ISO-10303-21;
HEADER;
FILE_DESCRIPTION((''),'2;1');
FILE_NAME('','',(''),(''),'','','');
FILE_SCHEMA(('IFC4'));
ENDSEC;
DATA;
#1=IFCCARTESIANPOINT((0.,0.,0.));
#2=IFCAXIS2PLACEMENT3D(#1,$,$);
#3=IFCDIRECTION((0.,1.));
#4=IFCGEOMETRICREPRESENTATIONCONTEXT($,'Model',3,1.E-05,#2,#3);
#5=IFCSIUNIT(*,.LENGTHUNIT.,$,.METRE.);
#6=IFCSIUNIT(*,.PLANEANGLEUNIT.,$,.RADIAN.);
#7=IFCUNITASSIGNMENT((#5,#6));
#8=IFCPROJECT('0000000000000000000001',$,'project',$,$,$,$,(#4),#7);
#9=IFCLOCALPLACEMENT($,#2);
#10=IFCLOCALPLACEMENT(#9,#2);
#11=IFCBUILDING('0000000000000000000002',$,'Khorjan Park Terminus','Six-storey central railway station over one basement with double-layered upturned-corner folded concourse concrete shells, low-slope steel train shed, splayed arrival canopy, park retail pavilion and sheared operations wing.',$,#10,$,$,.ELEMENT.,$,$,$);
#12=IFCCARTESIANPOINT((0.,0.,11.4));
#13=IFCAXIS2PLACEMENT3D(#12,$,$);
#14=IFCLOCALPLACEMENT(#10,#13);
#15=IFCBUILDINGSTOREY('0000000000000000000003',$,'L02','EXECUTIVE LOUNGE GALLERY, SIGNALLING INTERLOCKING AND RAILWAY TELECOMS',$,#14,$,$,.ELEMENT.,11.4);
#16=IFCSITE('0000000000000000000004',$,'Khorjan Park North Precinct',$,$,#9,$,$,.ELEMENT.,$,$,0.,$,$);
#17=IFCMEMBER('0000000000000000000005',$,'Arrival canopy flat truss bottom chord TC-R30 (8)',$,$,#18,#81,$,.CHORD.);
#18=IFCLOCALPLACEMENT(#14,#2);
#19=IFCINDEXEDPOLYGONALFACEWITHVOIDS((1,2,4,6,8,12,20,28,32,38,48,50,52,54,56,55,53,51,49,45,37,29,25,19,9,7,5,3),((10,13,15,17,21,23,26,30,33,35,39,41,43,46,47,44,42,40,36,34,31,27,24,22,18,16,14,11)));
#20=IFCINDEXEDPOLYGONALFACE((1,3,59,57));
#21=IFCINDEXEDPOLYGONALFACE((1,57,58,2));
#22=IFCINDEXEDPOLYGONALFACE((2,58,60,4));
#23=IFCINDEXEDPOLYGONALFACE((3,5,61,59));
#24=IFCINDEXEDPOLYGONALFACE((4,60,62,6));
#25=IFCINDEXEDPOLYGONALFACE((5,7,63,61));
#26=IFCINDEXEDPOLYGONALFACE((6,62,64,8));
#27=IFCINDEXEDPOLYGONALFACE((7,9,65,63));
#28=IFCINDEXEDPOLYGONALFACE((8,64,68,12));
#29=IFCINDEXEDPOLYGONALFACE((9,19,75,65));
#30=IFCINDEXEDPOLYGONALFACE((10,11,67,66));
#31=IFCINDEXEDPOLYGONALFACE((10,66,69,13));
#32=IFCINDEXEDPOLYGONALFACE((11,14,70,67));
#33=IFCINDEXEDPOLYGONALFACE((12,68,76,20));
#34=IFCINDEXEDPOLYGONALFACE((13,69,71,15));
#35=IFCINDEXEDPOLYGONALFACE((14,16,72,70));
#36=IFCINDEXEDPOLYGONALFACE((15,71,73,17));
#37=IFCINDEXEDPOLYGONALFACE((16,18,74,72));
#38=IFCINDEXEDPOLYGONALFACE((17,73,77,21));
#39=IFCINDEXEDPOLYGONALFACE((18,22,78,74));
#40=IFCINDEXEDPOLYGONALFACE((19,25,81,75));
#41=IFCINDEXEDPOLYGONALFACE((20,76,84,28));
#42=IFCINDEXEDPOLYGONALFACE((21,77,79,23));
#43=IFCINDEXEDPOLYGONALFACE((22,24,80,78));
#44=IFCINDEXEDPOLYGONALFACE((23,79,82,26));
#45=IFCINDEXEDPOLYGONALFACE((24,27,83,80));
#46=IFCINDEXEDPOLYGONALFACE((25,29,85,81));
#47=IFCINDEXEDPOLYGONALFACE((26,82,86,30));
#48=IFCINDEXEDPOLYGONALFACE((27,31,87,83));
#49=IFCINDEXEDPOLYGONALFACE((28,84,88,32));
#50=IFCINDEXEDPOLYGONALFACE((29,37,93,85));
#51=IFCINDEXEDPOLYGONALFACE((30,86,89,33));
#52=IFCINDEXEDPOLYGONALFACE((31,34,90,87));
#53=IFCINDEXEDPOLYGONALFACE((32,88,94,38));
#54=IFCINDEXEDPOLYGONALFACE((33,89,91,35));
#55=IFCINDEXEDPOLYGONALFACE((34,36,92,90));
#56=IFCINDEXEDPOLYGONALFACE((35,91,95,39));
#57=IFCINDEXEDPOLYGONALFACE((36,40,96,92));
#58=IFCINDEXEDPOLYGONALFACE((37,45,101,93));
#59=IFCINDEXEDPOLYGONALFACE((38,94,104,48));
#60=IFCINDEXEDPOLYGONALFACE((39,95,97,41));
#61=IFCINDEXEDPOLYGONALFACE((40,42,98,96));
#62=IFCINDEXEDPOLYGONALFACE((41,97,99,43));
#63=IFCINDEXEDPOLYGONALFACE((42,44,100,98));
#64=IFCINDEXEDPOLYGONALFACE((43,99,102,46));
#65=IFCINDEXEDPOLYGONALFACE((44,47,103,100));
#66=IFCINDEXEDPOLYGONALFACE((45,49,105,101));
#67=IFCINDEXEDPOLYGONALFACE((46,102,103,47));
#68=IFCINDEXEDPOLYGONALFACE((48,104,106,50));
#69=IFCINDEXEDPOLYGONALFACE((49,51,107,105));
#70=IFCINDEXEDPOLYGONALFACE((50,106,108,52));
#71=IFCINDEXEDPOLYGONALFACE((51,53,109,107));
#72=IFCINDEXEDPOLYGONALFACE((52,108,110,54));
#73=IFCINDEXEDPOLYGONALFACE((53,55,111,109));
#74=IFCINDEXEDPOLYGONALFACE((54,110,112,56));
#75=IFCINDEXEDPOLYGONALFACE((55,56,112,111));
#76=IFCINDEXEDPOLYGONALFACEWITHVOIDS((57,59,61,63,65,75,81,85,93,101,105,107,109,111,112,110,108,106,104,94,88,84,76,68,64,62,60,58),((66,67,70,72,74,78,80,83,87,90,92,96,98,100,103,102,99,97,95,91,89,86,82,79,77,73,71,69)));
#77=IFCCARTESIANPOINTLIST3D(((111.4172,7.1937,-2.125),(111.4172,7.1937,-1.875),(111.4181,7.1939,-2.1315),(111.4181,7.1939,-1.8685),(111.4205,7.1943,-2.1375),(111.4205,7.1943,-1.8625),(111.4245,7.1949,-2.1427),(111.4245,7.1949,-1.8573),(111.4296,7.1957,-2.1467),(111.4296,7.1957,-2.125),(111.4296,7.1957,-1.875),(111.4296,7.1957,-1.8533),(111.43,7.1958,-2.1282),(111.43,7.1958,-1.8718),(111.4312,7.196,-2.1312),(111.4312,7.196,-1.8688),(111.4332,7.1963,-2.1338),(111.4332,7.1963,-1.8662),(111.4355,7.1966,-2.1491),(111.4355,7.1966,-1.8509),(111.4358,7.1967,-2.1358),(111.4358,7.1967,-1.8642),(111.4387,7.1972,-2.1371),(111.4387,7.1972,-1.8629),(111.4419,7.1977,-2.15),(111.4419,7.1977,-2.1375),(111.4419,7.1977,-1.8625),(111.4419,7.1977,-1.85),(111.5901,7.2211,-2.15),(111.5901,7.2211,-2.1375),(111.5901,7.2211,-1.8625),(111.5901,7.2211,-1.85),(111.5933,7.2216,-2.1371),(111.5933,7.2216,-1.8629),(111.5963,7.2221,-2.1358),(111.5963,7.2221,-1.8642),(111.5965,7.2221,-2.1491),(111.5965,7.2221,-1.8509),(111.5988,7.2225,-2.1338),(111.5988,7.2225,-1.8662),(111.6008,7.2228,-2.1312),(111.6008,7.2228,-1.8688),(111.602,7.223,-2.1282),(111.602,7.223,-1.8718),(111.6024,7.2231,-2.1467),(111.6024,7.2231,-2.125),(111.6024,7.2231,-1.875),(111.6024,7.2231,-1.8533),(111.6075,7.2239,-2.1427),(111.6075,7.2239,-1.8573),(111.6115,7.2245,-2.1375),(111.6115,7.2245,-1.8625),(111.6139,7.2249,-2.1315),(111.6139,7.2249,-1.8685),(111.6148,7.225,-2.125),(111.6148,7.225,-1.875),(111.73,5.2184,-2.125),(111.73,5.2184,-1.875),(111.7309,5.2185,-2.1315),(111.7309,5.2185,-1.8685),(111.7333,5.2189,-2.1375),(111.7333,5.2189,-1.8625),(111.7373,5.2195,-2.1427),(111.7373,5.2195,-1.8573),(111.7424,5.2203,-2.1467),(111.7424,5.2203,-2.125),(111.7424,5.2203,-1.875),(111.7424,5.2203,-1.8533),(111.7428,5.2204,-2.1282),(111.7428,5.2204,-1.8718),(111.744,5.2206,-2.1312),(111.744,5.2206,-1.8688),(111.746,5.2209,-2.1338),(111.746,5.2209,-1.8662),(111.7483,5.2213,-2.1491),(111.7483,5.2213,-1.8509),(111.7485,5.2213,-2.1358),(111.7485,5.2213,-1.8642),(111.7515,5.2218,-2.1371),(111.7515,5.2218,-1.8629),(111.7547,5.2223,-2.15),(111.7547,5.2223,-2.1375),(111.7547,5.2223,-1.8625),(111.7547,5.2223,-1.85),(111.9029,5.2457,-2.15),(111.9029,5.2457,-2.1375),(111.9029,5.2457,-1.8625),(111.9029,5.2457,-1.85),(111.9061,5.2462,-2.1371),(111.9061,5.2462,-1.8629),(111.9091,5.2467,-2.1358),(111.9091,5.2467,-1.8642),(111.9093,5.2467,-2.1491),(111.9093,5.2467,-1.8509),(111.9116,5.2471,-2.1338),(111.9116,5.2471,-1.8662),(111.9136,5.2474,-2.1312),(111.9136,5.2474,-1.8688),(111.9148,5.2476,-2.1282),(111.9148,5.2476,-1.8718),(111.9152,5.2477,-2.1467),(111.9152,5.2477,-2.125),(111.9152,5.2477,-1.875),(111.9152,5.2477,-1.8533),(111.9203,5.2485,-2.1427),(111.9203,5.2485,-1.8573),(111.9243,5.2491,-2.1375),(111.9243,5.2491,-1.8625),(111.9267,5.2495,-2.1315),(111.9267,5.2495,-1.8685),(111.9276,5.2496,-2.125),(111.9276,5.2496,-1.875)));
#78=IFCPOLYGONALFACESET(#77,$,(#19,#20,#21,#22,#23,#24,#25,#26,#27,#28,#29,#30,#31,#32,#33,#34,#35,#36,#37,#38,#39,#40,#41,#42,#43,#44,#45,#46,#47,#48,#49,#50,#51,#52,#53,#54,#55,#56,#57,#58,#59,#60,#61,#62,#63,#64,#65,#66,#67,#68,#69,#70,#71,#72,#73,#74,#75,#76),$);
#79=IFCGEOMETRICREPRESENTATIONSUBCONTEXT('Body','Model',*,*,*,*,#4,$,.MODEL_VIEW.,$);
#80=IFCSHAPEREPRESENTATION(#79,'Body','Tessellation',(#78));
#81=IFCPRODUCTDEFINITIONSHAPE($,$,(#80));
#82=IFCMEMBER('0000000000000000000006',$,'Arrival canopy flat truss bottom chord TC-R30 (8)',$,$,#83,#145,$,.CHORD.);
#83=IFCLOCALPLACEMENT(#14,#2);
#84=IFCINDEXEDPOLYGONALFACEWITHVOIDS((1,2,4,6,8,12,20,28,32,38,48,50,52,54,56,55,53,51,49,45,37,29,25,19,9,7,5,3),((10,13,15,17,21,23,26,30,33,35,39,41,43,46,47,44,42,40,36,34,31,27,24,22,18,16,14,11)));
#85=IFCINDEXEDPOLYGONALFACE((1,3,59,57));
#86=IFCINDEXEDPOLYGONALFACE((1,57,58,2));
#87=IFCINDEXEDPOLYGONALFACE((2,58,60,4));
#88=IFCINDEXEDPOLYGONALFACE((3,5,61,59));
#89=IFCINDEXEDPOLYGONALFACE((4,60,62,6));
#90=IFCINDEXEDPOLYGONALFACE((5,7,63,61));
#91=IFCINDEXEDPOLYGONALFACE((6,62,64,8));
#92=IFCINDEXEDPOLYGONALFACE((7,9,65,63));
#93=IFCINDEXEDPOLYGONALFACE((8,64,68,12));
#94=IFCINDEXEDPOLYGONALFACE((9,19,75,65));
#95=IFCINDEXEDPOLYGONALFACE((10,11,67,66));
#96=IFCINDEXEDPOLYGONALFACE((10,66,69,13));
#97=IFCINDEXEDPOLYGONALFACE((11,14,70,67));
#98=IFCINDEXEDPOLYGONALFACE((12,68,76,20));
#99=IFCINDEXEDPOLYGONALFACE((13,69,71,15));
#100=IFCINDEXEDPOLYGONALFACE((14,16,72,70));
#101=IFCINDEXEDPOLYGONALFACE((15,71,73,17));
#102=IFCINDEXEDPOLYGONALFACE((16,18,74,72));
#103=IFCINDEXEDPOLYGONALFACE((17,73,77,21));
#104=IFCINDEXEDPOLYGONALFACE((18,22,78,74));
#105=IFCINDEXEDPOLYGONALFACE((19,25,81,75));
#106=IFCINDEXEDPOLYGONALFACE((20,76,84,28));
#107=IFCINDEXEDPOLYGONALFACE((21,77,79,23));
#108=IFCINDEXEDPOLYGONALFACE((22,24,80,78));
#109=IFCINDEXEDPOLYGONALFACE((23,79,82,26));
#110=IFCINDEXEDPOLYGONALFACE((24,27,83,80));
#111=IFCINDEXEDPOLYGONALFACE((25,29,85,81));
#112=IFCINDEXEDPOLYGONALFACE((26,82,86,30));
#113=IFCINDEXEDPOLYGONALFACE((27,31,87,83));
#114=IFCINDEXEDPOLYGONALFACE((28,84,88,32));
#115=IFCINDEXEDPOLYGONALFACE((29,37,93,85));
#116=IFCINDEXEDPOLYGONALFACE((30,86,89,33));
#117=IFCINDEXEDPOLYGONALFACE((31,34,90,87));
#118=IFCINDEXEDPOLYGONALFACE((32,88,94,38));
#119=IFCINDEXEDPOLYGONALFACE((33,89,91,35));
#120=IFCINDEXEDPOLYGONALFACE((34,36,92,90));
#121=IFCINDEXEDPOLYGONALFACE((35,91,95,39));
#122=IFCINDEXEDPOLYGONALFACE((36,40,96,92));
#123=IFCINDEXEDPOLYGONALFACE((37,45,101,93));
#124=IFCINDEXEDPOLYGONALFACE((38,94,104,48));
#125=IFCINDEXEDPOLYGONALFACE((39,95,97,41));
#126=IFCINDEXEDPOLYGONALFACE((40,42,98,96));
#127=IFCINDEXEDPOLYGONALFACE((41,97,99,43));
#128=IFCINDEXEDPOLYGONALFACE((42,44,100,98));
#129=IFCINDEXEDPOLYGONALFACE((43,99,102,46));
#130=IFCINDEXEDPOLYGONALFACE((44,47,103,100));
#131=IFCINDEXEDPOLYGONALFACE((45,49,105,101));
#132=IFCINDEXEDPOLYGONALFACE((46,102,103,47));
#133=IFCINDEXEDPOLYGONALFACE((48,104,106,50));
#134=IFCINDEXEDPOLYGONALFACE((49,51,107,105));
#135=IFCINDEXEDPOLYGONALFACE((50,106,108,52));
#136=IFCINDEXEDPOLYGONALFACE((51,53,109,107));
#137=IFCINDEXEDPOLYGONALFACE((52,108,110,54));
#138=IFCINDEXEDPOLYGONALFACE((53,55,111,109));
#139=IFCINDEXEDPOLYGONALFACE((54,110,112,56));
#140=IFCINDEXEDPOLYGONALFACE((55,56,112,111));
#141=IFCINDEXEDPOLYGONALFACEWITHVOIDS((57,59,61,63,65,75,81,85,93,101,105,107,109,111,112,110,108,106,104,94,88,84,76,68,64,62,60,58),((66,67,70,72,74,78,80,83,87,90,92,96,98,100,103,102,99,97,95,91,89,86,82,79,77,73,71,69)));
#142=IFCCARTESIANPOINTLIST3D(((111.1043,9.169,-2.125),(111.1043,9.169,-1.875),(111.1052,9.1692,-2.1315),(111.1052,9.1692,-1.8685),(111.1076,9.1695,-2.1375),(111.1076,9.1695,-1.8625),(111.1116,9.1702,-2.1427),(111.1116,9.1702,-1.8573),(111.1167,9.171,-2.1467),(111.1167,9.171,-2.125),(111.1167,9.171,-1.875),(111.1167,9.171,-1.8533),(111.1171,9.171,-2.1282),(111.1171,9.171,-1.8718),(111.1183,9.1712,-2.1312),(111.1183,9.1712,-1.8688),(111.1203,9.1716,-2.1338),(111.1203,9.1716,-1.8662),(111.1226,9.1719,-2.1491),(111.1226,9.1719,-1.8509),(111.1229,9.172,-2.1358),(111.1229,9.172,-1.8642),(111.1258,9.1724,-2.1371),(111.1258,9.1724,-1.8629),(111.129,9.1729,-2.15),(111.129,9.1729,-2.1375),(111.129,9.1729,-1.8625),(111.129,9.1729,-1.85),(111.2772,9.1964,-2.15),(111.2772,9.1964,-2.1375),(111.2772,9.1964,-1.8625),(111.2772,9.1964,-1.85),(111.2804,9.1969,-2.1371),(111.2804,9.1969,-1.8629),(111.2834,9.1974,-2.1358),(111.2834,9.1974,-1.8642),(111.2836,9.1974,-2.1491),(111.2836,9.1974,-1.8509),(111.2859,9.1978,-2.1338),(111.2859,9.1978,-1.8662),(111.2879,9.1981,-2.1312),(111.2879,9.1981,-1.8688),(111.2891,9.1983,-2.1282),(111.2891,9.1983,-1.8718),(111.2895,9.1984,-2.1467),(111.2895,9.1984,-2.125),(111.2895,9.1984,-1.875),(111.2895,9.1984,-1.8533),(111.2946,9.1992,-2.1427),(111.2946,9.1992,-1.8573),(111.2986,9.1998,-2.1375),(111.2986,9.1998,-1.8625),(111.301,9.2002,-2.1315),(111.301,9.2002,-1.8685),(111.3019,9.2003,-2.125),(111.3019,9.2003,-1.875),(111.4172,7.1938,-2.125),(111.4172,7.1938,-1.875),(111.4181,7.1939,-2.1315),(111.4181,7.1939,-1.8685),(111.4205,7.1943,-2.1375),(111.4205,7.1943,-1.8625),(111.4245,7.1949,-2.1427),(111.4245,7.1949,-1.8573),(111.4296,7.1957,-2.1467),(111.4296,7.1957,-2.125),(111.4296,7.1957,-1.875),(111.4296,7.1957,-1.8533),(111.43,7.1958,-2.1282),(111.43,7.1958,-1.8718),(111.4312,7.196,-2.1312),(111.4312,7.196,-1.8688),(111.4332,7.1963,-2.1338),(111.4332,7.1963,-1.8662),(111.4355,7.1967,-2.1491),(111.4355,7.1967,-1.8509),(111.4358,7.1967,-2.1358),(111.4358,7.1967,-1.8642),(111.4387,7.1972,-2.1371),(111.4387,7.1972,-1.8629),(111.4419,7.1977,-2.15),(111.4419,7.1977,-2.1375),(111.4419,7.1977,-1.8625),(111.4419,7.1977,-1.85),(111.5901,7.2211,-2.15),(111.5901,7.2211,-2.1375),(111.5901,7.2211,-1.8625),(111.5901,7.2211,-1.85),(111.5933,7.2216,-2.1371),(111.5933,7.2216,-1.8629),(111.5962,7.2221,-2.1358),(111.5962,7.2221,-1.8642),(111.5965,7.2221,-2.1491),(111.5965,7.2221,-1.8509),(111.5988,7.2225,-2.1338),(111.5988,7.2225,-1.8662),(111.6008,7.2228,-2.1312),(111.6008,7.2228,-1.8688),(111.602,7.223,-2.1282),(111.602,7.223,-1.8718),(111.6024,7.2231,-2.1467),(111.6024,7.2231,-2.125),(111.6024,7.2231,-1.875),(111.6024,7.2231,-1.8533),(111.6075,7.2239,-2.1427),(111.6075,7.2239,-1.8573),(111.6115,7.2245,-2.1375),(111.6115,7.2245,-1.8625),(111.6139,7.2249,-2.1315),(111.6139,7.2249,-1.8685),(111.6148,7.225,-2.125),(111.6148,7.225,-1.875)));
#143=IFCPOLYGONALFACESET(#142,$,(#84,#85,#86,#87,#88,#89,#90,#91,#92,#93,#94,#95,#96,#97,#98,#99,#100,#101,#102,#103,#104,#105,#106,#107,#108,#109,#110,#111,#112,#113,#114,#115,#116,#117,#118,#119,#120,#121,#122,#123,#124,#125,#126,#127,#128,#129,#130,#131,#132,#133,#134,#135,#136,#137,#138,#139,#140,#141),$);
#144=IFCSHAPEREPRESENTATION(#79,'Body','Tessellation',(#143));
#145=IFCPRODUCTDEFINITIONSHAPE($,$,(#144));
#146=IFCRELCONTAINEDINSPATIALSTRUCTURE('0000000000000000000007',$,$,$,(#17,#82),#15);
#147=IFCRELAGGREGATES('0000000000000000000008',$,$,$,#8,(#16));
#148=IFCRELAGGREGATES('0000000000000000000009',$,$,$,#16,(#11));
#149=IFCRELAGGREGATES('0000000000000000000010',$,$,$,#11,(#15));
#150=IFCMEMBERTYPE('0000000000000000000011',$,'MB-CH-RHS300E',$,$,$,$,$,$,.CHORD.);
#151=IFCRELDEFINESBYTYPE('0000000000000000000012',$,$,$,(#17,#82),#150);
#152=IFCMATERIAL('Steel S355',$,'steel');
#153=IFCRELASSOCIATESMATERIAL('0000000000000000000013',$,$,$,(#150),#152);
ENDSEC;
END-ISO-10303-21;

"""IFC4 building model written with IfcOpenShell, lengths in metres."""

from ifc_helpers import new_model, si_unit, direction, frame, origin, origin_2d, place, context, subcontext, project, spatial, hollow_rectangle, extrude, material, material_profile, profile_set, type_object, element, save


model = new_model("IFC4")

# Units and contexts
model_context = context("Model", 3, precision=1e-05, world=origin(), true_north=direction((0.0, 1.0)))
body_context = subcontext(model_context, "Body", "Model", "MODEL_VIEW")
ifc_project = project(units=[si_unit("LENGTHUNIT", "METRE"), si_unit("PLANEANGLEUNIT", "RADIAN")], contexts=[model_context])

# Site, building, storey
site_placement = place(None, origin())
site = spatial("IfcSite", under=ifc_project, at=site_placement, Name="Khorjan Park North Precinct", CompositionType="ELEMENT", RefElevation=0.0)
building_placement = place(site_placement, origin())
building = spatial("IfcBuilding", under=site, at=building_placement, Name="Khorjan Park Terminus", Description="Six-storey central railway station over one basement with double-layered upturned-corner folded concourse concrete shells, low-slope steel train shed, splayed arrival canopy, park retail pavilion and sheared operations wing.", CompositionType="ELEMENT")
storey_placement = place(building_placement, frame((0.0, 0.0, 11.4)))
storey = spatial("IfcBuildingStorey", under=building, at=storey_placement, Name="L02", Description="EXECUTIVE LOUNGE GALLERY, SIGNALLING INTERLOCKING AND RAILWAY TELECOMS", CompositionType="ELEMENT", Elevation=11.4)

# Members
ifc_material_1 = material(Name="Steel S355", Category="steel")
ifc_material_profile_1 = material_profile(ifc_material_1, hollow_rectangle(XDim=0.2, YDim=0.3, WallThickness=0.0125, InnerFilletRadius=0.0125, OuterFilletRadius=0.025, at=origin_2d()), Name="RHS 300x200x12.5")
ifc_profile_set_1 = profile_set([ifc_material_profile_1], Name="Steel S355")
member_type_1 = type_object("IfcMemberType", Name="MB-CH-RHS300E", PredefinedType="CHORD", material=ifc_profile_set_1)
member_1_placement = place(storey_placement, frame((111.8288, 5.234, -2.0), z_axis=(-0.156399, 0.987694, 0.0), x_axis=(-0.987694, -0.156399, 0.0)))
element("IfcMember", 1, at=member_1_placement, inside=storey, type_object=member_type_1, Name="Arrival canopy flat truss bottom chord TC-R30 (8)", PredefinedType="CHORD", context=body_context, shape_type="SweptSolid", body=[
    extrude(hollow_rectangle(XDim=0.2, YDim=0.3, WallThickness=0.0125, InnerFilletRadius=0.0125, OuterFilletRadius=0.025, at=origin_2d()), origin(), (0.0, 0.0, 1.0), 2.0),
])
member_2_placement = place(storey_placement, frame((111.516, 7.2094, -2.0), z_axis=(-0.156456, 0.987685, 0.0), x_axis=(-0.987685, -0.156456, 0.0)))
element("IfcMember", 2, at=member_2_placement, inside=storey, type_object=member_type_1, Name="Arrival canopy flat truss bottom chord TC-R30 (8)", PredefinedType="CHORD", context=body_context, shape_type="SweptSolid", body=[
    extrude(hollow_rectangle(XDim=0.2, YDim=0.3, WallThickness=0.0125, InnerFilletRadius=0.0125, OuterFilletRadius=0.025, at=origin_2d()), origin(), (0.0, 0.0, 1.0), 1.9999),
])

save(model, "model.ifc")
